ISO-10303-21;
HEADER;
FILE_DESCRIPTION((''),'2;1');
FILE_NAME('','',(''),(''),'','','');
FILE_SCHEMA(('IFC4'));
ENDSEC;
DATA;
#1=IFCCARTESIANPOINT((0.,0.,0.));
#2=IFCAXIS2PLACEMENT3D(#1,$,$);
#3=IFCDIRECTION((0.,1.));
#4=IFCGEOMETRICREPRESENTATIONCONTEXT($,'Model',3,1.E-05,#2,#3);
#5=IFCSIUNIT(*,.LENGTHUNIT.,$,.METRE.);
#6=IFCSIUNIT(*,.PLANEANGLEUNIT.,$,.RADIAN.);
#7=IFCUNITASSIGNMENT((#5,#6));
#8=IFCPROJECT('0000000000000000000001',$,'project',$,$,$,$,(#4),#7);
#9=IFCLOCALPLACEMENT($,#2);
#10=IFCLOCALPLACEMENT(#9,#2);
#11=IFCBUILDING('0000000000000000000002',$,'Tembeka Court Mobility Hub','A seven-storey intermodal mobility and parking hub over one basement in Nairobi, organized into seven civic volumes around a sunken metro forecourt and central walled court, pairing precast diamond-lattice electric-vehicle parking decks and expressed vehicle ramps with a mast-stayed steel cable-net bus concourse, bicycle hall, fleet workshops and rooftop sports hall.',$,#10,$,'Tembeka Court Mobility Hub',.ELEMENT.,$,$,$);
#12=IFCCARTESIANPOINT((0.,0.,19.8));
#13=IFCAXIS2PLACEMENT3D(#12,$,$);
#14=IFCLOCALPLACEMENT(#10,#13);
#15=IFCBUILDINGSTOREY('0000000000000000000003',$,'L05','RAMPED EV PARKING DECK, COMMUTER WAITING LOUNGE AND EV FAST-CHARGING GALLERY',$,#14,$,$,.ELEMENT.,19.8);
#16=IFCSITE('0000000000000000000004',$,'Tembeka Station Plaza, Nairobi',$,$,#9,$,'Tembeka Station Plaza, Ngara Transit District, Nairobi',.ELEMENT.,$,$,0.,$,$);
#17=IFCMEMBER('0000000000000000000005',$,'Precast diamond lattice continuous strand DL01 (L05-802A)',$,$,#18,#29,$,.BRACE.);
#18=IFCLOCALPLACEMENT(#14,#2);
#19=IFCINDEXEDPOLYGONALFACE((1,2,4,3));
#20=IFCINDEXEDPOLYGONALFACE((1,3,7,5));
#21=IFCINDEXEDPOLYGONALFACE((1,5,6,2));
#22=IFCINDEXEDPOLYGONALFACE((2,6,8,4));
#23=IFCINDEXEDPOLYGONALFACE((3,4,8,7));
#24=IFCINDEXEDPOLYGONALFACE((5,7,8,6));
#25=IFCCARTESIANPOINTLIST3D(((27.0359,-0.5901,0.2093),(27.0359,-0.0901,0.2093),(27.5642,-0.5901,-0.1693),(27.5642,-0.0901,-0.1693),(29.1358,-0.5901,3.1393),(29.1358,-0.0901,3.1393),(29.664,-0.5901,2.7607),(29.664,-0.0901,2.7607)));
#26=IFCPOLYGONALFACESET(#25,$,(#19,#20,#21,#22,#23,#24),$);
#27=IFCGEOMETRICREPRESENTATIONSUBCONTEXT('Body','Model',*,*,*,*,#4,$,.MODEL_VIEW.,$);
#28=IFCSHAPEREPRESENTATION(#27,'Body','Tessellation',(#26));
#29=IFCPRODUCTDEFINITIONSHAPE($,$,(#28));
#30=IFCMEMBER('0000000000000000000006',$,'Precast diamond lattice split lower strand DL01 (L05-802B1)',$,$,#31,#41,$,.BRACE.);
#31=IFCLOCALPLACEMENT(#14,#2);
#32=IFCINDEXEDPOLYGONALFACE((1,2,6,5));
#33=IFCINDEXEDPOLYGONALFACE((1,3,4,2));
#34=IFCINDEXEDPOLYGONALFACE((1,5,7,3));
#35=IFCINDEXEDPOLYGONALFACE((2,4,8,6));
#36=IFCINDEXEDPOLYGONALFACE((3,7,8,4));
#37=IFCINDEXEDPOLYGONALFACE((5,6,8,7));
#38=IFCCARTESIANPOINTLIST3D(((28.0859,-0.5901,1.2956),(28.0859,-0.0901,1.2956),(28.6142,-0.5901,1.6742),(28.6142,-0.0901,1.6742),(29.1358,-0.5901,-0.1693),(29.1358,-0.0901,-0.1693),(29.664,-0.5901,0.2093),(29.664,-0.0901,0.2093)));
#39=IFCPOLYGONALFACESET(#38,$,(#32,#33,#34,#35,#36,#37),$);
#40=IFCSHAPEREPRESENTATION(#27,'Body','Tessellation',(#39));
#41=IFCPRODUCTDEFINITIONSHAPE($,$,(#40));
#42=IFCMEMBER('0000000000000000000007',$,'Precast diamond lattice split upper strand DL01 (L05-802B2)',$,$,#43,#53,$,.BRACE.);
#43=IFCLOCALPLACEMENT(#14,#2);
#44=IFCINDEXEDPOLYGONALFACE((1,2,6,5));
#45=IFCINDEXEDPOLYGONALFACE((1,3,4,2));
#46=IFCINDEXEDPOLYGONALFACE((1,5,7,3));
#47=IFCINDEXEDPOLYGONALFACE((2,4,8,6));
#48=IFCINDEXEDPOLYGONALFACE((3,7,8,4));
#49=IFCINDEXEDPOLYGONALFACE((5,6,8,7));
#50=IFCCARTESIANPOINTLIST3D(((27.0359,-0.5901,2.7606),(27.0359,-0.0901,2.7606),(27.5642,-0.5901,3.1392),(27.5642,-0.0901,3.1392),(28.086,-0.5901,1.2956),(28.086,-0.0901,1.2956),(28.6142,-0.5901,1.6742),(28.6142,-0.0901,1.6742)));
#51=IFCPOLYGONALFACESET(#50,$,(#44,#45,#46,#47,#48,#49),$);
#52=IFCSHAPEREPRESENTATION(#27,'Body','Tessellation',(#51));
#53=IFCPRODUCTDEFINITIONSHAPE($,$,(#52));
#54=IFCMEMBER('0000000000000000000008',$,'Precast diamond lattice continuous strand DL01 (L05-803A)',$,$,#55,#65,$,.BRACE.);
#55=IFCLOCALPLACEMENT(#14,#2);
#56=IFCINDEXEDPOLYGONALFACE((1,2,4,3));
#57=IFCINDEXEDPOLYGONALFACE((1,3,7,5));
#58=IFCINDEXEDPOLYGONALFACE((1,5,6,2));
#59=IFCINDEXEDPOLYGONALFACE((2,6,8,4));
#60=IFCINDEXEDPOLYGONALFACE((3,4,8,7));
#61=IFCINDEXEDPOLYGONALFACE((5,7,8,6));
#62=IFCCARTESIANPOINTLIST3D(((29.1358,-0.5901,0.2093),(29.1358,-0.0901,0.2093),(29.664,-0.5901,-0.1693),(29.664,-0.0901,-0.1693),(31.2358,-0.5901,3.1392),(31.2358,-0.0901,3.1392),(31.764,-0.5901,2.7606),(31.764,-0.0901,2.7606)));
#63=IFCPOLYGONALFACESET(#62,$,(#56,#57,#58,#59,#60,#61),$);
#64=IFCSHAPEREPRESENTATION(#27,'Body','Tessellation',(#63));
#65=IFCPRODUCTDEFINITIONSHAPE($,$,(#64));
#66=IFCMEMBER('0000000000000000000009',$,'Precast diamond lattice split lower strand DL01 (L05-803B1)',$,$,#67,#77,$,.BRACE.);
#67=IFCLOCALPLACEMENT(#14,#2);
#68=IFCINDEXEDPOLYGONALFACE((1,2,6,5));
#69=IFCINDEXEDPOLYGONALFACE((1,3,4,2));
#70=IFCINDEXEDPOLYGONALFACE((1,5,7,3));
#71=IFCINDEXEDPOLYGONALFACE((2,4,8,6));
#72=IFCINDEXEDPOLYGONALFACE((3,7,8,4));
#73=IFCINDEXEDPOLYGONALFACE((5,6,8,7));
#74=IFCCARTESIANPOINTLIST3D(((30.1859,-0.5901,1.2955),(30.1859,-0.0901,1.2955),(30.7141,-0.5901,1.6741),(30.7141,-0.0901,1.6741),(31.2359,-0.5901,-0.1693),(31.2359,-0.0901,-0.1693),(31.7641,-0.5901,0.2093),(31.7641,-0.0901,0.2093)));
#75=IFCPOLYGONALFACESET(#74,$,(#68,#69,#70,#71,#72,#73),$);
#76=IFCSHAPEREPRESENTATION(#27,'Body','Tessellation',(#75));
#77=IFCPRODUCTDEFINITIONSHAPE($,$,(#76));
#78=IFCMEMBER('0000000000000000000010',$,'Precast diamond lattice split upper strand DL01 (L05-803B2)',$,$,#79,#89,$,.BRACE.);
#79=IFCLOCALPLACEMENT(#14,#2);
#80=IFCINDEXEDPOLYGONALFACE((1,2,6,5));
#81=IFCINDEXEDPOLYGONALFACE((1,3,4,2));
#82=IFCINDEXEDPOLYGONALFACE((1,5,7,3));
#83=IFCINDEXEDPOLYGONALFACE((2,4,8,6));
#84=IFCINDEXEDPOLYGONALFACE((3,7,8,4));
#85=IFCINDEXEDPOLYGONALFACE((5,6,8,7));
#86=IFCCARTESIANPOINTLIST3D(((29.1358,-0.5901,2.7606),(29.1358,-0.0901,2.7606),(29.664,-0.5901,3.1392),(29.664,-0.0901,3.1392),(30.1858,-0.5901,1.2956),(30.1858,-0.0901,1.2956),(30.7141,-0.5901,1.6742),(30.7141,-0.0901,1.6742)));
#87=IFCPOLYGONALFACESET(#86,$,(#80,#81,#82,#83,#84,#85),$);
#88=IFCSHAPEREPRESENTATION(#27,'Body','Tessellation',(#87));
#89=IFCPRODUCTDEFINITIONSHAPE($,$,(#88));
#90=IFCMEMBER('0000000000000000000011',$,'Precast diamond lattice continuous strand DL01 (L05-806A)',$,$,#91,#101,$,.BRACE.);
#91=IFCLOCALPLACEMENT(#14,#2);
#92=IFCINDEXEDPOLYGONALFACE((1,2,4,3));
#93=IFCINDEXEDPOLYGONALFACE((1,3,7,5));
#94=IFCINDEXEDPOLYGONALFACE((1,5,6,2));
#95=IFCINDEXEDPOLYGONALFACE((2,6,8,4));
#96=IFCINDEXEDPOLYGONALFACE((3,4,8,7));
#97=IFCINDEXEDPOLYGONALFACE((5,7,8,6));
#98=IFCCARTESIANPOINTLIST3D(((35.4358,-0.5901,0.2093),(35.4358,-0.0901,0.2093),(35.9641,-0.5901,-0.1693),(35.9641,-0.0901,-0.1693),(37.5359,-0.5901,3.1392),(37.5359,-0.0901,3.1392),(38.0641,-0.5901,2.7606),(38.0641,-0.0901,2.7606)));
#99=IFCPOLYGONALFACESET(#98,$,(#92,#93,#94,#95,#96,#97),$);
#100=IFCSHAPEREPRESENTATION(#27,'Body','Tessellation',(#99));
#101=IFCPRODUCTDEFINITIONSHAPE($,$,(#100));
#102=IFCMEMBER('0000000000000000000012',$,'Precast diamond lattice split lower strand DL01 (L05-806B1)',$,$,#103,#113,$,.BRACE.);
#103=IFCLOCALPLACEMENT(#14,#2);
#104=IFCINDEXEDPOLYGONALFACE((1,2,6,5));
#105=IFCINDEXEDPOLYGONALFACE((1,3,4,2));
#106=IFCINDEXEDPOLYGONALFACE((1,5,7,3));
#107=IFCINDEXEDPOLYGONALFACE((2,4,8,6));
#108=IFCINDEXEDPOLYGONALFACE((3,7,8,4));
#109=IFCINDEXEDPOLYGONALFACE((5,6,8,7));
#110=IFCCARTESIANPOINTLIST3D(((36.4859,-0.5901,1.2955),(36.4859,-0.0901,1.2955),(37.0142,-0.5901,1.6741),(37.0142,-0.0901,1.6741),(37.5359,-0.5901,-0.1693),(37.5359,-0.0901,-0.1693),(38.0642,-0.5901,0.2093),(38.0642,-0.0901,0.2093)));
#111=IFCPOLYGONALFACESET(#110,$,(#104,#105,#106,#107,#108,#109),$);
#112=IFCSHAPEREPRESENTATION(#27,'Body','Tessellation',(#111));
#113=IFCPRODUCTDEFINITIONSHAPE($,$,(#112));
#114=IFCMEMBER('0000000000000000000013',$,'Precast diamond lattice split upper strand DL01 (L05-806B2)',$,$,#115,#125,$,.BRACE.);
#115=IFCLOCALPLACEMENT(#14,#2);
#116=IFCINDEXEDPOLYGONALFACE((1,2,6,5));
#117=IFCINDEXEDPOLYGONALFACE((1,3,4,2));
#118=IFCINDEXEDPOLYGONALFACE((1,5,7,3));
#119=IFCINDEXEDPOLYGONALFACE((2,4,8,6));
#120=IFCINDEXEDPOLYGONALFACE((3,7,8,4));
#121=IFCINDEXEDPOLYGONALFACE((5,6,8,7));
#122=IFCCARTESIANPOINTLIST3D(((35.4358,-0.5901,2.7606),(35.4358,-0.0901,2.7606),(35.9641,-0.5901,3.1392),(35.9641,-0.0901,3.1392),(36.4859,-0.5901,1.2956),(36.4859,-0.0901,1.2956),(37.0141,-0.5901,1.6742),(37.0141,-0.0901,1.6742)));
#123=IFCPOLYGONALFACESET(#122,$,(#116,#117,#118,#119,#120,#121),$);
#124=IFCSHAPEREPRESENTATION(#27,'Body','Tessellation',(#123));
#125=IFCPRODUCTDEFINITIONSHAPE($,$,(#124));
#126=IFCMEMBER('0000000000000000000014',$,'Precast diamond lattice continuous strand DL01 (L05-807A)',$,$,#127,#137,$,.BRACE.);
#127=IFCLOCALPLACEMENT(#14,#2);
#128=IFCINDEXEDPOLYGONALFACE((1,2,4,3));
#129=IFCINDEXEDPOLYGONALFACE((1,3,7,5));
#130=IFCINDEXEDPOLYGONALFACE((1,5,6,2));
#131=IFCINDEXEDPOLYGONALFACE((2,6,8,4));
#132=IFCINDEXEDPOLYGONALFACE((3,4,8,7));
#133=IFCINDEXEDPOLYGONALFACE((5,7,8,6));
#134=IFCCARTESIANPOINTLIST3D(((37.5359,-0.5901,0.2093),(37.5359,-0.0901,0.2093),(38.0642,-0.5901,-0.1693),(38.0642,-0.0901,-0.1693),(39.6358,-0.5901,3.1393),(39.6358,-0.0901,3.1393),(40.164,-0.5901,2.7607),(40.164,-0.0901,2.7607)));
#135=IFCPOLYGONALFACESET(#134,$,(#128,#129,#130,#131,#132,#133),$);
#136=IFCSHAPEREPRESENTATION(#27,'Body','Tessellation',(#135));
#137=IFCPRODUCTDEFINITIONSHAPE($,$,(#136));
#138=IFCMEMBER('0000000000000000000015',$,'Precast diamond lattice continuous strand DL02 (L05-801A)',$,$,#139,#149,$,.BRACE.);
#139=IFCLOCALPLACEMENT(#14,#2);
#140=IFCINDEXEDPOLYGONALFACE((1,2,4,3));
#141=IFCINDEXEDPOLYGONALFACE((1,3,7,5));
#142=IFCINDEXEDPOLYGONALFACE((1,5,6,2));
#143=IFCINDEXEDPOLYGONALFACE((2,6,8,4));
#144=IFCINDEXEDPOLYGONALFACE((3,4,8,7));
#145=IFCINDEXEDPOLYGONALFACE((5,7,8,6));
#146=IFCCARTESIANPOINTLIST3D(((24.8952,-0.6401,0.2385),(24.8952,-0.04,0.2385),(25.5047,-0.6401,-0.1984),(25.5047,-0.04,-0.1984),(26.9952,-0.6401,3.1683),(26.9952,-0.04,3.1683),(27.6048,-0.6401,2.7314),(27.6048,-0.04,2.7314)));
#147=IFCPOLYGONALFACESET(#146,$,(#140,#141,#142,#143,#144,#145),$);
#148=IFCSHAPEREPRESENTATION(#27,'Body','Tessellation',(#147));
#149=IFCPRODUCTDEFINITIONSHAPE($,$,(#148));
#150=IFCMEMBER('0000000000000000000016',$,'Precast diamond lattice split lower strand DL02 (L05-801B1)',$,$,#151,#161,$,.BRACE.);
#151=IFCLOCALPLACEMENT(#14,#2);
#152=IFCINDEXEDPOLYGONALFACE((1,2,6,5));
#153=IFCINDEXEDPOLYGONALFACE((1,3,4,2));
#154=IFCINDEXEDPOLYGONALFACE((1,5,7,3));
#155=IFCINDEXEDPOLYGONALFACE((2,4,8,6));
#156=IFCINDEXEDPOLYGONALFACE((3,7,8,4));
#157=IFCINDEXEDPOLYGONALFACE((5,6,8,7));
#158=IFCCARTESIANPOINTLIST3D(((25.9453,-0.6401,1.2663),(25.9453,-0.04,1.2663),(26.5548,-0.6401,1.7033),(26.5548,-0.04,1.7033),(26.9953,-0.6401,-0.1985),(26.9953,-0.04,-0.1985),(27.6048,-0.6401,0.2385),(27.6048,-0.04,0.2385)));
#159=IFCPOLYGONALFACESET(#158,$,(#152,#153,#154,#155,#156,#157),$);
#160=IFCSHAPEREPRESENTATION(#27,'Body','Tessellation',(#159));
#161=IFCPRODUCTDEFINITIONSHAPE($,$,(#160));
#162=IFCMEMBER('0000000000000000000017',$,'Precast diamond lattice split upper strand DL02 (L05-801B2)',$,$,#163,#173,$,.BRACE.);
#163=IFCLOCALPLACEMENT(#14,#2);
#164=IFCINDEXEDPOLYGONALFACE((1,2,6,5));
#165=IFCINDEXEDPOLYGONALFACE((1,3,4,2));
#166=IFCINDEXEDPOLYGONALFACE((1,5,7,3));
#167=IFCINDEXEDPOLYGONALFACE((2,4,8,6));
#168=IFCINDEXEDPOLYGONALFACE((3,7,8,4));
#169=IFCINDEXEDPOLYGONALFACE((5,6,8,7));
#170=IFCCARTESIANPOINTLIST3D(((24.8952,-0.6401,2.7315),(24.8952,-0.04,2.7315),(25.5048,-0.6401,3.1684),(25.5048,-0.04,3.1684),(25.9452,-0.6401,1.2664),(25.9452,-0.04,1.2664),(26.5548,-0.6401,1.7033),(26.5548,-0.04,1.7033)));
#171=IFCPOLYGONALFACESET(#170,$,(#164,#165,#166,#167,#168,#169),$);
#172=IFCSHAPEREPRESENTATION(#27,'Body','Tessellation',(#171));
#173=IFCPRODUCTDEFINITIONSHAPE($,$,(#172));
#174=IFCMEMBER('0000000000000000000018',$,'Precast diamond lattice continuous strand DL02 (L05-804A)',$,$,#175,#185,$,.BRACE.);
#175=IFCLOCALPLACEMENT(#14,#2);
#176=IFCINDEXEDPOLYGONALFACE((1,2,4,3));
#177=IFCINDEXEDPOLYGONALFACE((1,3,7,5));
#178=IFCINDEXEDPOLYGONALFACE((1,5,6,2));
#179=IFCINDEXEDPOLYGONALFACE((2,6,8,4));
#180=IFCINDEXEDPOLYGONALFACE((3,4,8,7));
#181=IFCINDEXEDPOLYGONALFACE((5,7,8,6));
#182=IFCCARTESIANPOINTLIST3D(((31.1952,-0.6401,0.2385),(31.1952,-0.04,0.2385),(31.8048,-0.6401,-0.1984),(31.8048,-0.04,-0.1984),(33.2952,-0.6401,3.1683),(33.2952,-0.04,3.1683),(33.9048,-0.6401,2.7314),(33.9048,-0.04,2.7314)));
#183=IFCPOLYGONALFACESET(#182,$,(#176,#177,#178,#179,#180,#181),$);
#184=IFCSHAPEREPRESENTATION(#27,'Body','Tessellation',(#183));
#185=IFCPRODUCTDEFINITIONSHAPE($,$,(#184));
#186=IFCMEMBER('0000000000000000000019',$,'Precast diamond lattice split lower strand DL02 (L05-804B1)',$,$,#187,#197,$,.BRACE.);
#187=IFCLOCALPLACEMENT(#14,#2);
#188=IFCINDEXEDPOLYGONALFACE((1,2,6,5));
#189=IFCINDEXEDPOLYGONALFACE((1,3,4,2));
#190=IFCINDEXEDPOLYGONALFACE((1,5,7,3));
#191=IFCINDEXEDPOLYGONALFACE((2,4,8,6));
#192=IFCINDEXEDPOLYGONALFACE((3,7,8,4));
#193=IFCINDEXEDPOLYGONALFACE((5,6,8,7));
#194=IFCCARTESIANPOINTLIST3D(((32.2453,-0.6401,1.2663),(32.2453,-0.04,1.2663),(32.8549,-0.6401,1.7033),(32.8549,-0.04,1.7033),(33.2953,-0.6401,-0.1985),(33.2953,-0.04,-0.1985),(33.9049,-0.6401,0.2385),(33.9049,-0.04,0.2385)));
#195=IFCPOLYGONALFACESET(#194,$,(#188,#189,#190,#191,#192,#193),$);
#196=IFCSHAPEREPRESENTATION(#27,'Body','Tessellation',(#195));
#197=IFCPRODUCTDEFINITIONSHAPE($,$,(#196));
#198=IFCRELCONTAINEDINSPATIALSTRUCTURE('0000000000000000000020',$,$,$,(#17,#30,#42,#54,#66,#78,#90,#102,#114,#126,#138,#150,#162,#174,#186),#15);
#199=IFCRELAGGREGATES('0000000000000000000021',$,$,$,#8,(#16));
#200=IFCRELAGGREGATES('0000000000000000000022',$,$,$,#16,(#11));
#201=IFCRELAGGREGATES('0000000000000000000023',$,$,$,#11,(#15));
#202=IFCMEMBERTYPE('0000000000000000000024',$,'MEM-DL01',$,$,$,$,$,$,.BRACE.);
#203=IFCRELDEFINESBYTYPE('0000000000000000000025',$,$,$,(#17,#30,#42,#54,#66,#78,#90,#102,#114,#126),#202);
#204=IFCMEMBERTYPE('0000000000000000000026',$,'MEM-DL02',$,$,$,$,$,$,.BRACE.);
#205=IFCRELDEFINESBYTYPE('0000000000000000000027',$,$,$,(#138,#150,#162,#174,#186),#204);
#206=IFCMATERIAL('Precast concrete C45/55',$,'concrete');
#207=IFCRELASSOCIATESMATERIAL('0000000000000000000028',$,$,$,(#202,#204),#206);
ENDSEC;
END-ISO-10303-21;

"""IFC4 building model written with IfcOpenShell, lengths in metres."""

from ifc_helpers import new_model, si_unit, direction, frame, origin, origin_2d, place, context, subcontext, project, spatial, rectangle, extrude, material, material_profile, profile_set, type_object, element, save


model = new_model("IFC4")

# Units and contexts
model_context = context("Model", 3, precision=1e-05, world=origin(), true_north=direction((0.0, 1.0)))
body_context = subcontext(model_context, "Body", "Model", "MODEL_VIEW")
ifc_project = project(units=[si_unit("LENGTHUNIT", "METRE"), si_unit("PLANEANGLEUNIT", "RADIAN")], contexts=[model_context])

# Site, building, storey
site_placement = place(None, origin())
site = spatial("IfcSite", under=ifc_project, at=site_placement, Name="Tembeka Station Plaza, Nairobi", LongName="Tembeka Station Plaza, Ngara Transit District, Nairobi", CompositionType="ELEMENT", RefElevation=0.0)
building_placement = place(site_placement, origin())
building = spatial("IfcBuilding", under=site, at=building_placement, Name="Tembeka Court Mobility Hub", Description="A seven-storey intermodal mobility and parking hub over one basement in Nairobi, organized into seven civic volumes around a sunken metro forecourt and central walled court, pairing precast diamond-lattice electric-vehicle parking decks and expressed vehicle ramps with a mast-stayed steel cable-net bus concourse, bicycle hall, fleet workshops and rooftop sports hall.", LongName="Tembeka Court Mobility Hub", CompositionType="ELEMENT")
storey_placement = place(building_placement, frame((0.0, 0.0, 19.8)))
storey = spatial("IfcBuildingStorey", under=building, at=storey_placement, Name="L05", Description="RAMPED EV PARKING DECK, COMMUTER WAITING LOUNGE AND EV FAST-CHARGING GALLERY", CompositionType="ELEMENT", Elevation=19.8)

# Members
ifc_material = material(Name="Precast concrete C45/55", Category="concrete")
ifc_material_profile_1 = material_profile(ifc_material, rectangle(XDim=0.5, YDim=0.6499, at=origin_2d()), Name="PC-DIAG 500x650")
ifc_profile_set_1 = profile_set([ifc_material_profile_1], Name="Precast concrete C45/55")
member_type_1 = type_object("IfcMemberType", Name="MEM-DL01", PredefinedType="BRACE", material=ifc_profile_set_1)
member_1_placement = place(storey_placement, frame((27.3, -0.3401, 0.02), z_axis=(0.582532, 0.0, 0.812808), x_axis=(0.0, 1.0, 0.0)))
element("IfcMember", 1, at=member_1_placement, inside=storey, type_object=member_type_1, Name="Precast diamond lattice continuous strand DL01 (L05-802A)", PredefinedType="BRACE", context=body_context, shape_type="SweptSolid", body=[
    extrude(rectangle(XDim=0.5, YDim=0.6499, at=origin_2d()), origin(), (0.0, 0.0, 1.0), 3.6047),
])
member_2_placement = place(storey_placement, frame((29.3999, -0.3401, 0.02), z_axis=(-0.582519, 0.0, 0.812817), x_axis=(0.0, -1.0, 0.0)))
element("IfcMember", 2, at=member_2_placement, inside=storey, type_object=member_type_1, Name="Precast diamond lattice split lower strand DL01 (L05-802B1)", PredefinedType="BRACE", context=body_context, shape_type="SweptSolid", body=[
    extrude(rectangle(XDim=0.5, YDim=0.6499, at=origin_2d()), origin(), (0.0, 0.0, 1.0), 1.8022),
])
member_3_placement = place(storey_placement, frame((28.3501, -0.3401, 1.4849), z_axis=(-0.582544, 0.0, 0.812799), x_axis=(0.0, -1.0, 0.0)))
element("IfcMember", 3, at=member_3_placement, inside=storey, type_object=member_type_1, Name="Precast diamond lattice split upper strand DL01 (L05-802B2)", PredefinedType="BRACE", context=body_context, shape_type="SweptSolid", body=[
    extrude(rectangle(XDim=0.5, YDim=0.6499, at=origin_2d()), origin(), (0.0, 0.0, 1.0), 1.8025),
])
member_4_placement = place(storey_placement, frame((29.3999, -0.3401, 0.02), z_axis=(0.582576, 0.0, 0.812776), x_axis=(0.0, 1.0, 0.0)))
element("IfcMember", 4, at=member_4_placement, inside=storey, type_object=member_type_1, Name="Precast diamond lattice continuous strand DL01 (L05-803A)", PredefinedType="BRACE", context=body_context, shape_type="SweptSolid", body=[
    extrude(rectangle(XDim=0.5, YDim=0.6499, at=origin_2d()), origin(), (0.0, 0.0, 1.0), 3.6047),
])
member_5_placement = place(storey_placement, frame((31.5, -0.3401, 0.02), z_axis=(-0.582608, 0.0, 0.812753), x_axis=(0.0, -1.0, 0.0)))
element("IfcMember", 5, at=member_5_placement, inside=storey, type_object=member_type_1, Name="Precast diamond lattice split lower strand DL01 (L05-803B1)", PredefinedType="BRACE", context=body_context, shape_type="SweptSolid", body=[
    extrude(rectangle(XDim=0.5, YDim=0.6499, at=origin_2d()), origin(), (0.0, 0.0, 1.0), 1.8022),
])
member_6_placement = place(storey_placement, frame((30.45, -0.3401, 1.4849), z_axis=(-0.582544, 0.0, 0.812799), x_axis=(0.0, -1.0, 0.0)))
element("IfcMember", 6, at=member_6_placement, inside=storey, type_object=member_type_1, Name="Precast diamond lattice split upper strand DL01 (L05-803B2)", PredefinedType="BRACE", context=body_context, shape_type="SweptSolid", body=[
    extrude(rectangle(XDim=0.5, YDim=0.6499, at=origin_2d()), origin(), (0.0, 0.0, 1.0), 1.8025),
])
member_7_placement = place(storey_placement, frame((35.7, -0.3401, 0.02), z_axis=(0.582576, 0.0, 0.812776), x_axis=(0.0, 1.0, 0.0)))
element("IfcMember", 7, at=member_7_placement, inside=storey, type_object=member_type_1, Name="Precast diamond lattice continuous strand DL01 (L05-806A)", PredefinedType="BRACE", context=body_context, shape_type="SweptSolid", body=[
    extrude(rectangle(XDim=0.5, YDim=0.6499, at=origin_2d()), origin(), (0.0, 0.0, 1.0), 3.6047),
])
member_8_placement = place(storey_placement, frame((37.8, -0.3401, 0.02), z_axis=(-0.582608, 0.0, 0.812753), x_axis=(0.0, -1.0, 0.0)))
element("IfcMember", 8, at=member_8_placement, inside=storey, type_object=member_type_1, Name="Precast diamond lattice split lower strand DL01 (L05-806B1)", PredefinedType="BRACE", context=body_context, shape_type="SweptSolid", body=[
    extrude(rectangle(XDim=0.5, YDim=0.6499, at=origin_2d()), origin(), (0.0, 0.0, 1.0), 1.8022),
])
member_9_placement = place(storey_placement, frame((36.75, -0.3401, 1.4849), z_axis=(-0.582544, 0.0, 0.812799), x_axis=(0.0, -1.0, 0.0)))
element("IfcMember", 9, at=member_9_placement, inside=storey, type_object=member_type_1, Name="Precast diamond lattice split upper strand DL01 (L05-806B2)", PredefinedType="BRACE", context=body_context, shape_type="SweptSolid", body=[
    extrude(rectangle(XDim=0.5, YDim=0.6499, at=origin_2d()), origin(), (0.0, 0.0, 1.0), 1.8025),
])
member_10_placement = place(storey_placement, frame((37.8, -0.3401, 0.02), z_axis=(0.582532, 0.0, 0.812808), x_axis=(0.0, 1.0, 0.0)))
element("IfcMember", 10, at=member_10_placement, inside=storey, type_object=member_type_1, Name="Precast diamond lattice continuous strand DL01 (L05-807A)", PredefinedType="BRACE", context=body_context, shape_type="SweptSolid", body=[
    extrude(rectangle(XDim=0.5, YDim=0.6499, at=origin_2d()), origin(), (0.0, 0.0, 1.0), 3.6047),
])
ifc_material_profile_2 = material_profile(ifc_material, rectangle(XDim=0.6001, YDim=0.75, at=origin_2d()), Name="PC-DIAG 600x750")
ifc_profile_set_2 = profile_set([ifc_material_profile_2], Name="Precast concrete C45/55")
member_type_2 = type_object("IfcMemberType", Name="MEM-DL02", PredefinedType="BRACE", material=ifc_profile_set_2)
member_11_placement = place(storey_placement, frame((25.2, -0.3401, 0.02), z_axis=(0.582576, 0.0, 0.812776), x_axis=(0.0, 1.0, 0.0)))
element("IfcMember", 11, at=member_11_placement, inside=storey, type_object=member_type_2, Name="Precast diamond lattice continuous strand DL02 (L05-801A)", PredefinedType="BRACE", context=body_context, shape_type="SweptSolid", body=[
    extrude(rectangle(XDim=0.6001, YDim=0.75, at=origin_2d()), origin(), (0.0, 0.0, 1.0), 3.6047),
])
member_12_placement = place(storey_placement, frame((27.3, -0.3401, 0.02), z_axis=(-0.582608, 0.0, 0.812753), x_axis=(0.0, -1.0, 0.0)))
element("IfcMember", 12, at=member_12_placement, inside=storey, type_object=member_type_2, Name="Precast diamond lattice split lower strand DL02 (L05-801B1)", PredefinedType="BRACE", context=body_context, shape_type="SweptSolid", body=[
    extrude(rectangle(XDim=0.6001, YDim=0.75, at=origin_2d()), origin(), (0.0, 0.0, 1.0), 1.8022),
])
member_13_placement = place(storey_placement, frame((26.25, -0.3401, 1.4849), z_axis=(-0.582544, 0.0, 0.812799), x_axis=(0.0, -1.0, 0.0)))
element("IfcMember", 13, at=member_13_placement, inside=storey, type_object=member_type_2, Name="Precast diamond lattice split upper strand DL02 (L05-801B2)", PredefinedType="BRACE", context=body_context, shape_type="SweptSolid", body=[
    extrude(rectangle(XDim=0.6001, YDim=0.75, at=origin_2d()), origin(), (0.0, 0.0, 1.0), 1.8025),
])
member_14_placement = place(storey_placement, frame((31.5, -0.3401, 0.02), z_axis=(0.582576, 0.0, 0.812776), x_axis=(0.0, 1.0, 0.0)))
element("IfcMember", 14, at=member_14_placement, inside=storey, type_object=member_type_2, Name="Precast diamond lattice continuous strand DL02 (L05-804A)", PredefinedType="BRACE", context=body_context, shape_type="SweptSolid", body=[
    extrude(rectangle(XDim=0.6001, YDim=0.75, at=origin_2d()), origin(), (0.0, 0.0, 1.0), 3.6047),
])
member_15_placement = place(storey_placement, frame((33.6001, -0.3401, 0.02), z_axis=(-0.582608, 0.0, 0.812753), x_axis=(0.0, -1.0, 0.0)))
element("IfcMember", 15, at=member_15_placement, inside=storey, type_object=member_type_2, Name="Precast diamond lattice split lower strand DL02 (L05-804B1)", PredefinedType="BRACE", context=body_context, shape_type="SweptSolid", body=[
    extrude(rectangle(XDim=0.6001, YDim=0.75, at=origin_2d()), origin(), (0.0, 0.0, 1.0), 1.8022),
])

save(model, "model.ifc")
